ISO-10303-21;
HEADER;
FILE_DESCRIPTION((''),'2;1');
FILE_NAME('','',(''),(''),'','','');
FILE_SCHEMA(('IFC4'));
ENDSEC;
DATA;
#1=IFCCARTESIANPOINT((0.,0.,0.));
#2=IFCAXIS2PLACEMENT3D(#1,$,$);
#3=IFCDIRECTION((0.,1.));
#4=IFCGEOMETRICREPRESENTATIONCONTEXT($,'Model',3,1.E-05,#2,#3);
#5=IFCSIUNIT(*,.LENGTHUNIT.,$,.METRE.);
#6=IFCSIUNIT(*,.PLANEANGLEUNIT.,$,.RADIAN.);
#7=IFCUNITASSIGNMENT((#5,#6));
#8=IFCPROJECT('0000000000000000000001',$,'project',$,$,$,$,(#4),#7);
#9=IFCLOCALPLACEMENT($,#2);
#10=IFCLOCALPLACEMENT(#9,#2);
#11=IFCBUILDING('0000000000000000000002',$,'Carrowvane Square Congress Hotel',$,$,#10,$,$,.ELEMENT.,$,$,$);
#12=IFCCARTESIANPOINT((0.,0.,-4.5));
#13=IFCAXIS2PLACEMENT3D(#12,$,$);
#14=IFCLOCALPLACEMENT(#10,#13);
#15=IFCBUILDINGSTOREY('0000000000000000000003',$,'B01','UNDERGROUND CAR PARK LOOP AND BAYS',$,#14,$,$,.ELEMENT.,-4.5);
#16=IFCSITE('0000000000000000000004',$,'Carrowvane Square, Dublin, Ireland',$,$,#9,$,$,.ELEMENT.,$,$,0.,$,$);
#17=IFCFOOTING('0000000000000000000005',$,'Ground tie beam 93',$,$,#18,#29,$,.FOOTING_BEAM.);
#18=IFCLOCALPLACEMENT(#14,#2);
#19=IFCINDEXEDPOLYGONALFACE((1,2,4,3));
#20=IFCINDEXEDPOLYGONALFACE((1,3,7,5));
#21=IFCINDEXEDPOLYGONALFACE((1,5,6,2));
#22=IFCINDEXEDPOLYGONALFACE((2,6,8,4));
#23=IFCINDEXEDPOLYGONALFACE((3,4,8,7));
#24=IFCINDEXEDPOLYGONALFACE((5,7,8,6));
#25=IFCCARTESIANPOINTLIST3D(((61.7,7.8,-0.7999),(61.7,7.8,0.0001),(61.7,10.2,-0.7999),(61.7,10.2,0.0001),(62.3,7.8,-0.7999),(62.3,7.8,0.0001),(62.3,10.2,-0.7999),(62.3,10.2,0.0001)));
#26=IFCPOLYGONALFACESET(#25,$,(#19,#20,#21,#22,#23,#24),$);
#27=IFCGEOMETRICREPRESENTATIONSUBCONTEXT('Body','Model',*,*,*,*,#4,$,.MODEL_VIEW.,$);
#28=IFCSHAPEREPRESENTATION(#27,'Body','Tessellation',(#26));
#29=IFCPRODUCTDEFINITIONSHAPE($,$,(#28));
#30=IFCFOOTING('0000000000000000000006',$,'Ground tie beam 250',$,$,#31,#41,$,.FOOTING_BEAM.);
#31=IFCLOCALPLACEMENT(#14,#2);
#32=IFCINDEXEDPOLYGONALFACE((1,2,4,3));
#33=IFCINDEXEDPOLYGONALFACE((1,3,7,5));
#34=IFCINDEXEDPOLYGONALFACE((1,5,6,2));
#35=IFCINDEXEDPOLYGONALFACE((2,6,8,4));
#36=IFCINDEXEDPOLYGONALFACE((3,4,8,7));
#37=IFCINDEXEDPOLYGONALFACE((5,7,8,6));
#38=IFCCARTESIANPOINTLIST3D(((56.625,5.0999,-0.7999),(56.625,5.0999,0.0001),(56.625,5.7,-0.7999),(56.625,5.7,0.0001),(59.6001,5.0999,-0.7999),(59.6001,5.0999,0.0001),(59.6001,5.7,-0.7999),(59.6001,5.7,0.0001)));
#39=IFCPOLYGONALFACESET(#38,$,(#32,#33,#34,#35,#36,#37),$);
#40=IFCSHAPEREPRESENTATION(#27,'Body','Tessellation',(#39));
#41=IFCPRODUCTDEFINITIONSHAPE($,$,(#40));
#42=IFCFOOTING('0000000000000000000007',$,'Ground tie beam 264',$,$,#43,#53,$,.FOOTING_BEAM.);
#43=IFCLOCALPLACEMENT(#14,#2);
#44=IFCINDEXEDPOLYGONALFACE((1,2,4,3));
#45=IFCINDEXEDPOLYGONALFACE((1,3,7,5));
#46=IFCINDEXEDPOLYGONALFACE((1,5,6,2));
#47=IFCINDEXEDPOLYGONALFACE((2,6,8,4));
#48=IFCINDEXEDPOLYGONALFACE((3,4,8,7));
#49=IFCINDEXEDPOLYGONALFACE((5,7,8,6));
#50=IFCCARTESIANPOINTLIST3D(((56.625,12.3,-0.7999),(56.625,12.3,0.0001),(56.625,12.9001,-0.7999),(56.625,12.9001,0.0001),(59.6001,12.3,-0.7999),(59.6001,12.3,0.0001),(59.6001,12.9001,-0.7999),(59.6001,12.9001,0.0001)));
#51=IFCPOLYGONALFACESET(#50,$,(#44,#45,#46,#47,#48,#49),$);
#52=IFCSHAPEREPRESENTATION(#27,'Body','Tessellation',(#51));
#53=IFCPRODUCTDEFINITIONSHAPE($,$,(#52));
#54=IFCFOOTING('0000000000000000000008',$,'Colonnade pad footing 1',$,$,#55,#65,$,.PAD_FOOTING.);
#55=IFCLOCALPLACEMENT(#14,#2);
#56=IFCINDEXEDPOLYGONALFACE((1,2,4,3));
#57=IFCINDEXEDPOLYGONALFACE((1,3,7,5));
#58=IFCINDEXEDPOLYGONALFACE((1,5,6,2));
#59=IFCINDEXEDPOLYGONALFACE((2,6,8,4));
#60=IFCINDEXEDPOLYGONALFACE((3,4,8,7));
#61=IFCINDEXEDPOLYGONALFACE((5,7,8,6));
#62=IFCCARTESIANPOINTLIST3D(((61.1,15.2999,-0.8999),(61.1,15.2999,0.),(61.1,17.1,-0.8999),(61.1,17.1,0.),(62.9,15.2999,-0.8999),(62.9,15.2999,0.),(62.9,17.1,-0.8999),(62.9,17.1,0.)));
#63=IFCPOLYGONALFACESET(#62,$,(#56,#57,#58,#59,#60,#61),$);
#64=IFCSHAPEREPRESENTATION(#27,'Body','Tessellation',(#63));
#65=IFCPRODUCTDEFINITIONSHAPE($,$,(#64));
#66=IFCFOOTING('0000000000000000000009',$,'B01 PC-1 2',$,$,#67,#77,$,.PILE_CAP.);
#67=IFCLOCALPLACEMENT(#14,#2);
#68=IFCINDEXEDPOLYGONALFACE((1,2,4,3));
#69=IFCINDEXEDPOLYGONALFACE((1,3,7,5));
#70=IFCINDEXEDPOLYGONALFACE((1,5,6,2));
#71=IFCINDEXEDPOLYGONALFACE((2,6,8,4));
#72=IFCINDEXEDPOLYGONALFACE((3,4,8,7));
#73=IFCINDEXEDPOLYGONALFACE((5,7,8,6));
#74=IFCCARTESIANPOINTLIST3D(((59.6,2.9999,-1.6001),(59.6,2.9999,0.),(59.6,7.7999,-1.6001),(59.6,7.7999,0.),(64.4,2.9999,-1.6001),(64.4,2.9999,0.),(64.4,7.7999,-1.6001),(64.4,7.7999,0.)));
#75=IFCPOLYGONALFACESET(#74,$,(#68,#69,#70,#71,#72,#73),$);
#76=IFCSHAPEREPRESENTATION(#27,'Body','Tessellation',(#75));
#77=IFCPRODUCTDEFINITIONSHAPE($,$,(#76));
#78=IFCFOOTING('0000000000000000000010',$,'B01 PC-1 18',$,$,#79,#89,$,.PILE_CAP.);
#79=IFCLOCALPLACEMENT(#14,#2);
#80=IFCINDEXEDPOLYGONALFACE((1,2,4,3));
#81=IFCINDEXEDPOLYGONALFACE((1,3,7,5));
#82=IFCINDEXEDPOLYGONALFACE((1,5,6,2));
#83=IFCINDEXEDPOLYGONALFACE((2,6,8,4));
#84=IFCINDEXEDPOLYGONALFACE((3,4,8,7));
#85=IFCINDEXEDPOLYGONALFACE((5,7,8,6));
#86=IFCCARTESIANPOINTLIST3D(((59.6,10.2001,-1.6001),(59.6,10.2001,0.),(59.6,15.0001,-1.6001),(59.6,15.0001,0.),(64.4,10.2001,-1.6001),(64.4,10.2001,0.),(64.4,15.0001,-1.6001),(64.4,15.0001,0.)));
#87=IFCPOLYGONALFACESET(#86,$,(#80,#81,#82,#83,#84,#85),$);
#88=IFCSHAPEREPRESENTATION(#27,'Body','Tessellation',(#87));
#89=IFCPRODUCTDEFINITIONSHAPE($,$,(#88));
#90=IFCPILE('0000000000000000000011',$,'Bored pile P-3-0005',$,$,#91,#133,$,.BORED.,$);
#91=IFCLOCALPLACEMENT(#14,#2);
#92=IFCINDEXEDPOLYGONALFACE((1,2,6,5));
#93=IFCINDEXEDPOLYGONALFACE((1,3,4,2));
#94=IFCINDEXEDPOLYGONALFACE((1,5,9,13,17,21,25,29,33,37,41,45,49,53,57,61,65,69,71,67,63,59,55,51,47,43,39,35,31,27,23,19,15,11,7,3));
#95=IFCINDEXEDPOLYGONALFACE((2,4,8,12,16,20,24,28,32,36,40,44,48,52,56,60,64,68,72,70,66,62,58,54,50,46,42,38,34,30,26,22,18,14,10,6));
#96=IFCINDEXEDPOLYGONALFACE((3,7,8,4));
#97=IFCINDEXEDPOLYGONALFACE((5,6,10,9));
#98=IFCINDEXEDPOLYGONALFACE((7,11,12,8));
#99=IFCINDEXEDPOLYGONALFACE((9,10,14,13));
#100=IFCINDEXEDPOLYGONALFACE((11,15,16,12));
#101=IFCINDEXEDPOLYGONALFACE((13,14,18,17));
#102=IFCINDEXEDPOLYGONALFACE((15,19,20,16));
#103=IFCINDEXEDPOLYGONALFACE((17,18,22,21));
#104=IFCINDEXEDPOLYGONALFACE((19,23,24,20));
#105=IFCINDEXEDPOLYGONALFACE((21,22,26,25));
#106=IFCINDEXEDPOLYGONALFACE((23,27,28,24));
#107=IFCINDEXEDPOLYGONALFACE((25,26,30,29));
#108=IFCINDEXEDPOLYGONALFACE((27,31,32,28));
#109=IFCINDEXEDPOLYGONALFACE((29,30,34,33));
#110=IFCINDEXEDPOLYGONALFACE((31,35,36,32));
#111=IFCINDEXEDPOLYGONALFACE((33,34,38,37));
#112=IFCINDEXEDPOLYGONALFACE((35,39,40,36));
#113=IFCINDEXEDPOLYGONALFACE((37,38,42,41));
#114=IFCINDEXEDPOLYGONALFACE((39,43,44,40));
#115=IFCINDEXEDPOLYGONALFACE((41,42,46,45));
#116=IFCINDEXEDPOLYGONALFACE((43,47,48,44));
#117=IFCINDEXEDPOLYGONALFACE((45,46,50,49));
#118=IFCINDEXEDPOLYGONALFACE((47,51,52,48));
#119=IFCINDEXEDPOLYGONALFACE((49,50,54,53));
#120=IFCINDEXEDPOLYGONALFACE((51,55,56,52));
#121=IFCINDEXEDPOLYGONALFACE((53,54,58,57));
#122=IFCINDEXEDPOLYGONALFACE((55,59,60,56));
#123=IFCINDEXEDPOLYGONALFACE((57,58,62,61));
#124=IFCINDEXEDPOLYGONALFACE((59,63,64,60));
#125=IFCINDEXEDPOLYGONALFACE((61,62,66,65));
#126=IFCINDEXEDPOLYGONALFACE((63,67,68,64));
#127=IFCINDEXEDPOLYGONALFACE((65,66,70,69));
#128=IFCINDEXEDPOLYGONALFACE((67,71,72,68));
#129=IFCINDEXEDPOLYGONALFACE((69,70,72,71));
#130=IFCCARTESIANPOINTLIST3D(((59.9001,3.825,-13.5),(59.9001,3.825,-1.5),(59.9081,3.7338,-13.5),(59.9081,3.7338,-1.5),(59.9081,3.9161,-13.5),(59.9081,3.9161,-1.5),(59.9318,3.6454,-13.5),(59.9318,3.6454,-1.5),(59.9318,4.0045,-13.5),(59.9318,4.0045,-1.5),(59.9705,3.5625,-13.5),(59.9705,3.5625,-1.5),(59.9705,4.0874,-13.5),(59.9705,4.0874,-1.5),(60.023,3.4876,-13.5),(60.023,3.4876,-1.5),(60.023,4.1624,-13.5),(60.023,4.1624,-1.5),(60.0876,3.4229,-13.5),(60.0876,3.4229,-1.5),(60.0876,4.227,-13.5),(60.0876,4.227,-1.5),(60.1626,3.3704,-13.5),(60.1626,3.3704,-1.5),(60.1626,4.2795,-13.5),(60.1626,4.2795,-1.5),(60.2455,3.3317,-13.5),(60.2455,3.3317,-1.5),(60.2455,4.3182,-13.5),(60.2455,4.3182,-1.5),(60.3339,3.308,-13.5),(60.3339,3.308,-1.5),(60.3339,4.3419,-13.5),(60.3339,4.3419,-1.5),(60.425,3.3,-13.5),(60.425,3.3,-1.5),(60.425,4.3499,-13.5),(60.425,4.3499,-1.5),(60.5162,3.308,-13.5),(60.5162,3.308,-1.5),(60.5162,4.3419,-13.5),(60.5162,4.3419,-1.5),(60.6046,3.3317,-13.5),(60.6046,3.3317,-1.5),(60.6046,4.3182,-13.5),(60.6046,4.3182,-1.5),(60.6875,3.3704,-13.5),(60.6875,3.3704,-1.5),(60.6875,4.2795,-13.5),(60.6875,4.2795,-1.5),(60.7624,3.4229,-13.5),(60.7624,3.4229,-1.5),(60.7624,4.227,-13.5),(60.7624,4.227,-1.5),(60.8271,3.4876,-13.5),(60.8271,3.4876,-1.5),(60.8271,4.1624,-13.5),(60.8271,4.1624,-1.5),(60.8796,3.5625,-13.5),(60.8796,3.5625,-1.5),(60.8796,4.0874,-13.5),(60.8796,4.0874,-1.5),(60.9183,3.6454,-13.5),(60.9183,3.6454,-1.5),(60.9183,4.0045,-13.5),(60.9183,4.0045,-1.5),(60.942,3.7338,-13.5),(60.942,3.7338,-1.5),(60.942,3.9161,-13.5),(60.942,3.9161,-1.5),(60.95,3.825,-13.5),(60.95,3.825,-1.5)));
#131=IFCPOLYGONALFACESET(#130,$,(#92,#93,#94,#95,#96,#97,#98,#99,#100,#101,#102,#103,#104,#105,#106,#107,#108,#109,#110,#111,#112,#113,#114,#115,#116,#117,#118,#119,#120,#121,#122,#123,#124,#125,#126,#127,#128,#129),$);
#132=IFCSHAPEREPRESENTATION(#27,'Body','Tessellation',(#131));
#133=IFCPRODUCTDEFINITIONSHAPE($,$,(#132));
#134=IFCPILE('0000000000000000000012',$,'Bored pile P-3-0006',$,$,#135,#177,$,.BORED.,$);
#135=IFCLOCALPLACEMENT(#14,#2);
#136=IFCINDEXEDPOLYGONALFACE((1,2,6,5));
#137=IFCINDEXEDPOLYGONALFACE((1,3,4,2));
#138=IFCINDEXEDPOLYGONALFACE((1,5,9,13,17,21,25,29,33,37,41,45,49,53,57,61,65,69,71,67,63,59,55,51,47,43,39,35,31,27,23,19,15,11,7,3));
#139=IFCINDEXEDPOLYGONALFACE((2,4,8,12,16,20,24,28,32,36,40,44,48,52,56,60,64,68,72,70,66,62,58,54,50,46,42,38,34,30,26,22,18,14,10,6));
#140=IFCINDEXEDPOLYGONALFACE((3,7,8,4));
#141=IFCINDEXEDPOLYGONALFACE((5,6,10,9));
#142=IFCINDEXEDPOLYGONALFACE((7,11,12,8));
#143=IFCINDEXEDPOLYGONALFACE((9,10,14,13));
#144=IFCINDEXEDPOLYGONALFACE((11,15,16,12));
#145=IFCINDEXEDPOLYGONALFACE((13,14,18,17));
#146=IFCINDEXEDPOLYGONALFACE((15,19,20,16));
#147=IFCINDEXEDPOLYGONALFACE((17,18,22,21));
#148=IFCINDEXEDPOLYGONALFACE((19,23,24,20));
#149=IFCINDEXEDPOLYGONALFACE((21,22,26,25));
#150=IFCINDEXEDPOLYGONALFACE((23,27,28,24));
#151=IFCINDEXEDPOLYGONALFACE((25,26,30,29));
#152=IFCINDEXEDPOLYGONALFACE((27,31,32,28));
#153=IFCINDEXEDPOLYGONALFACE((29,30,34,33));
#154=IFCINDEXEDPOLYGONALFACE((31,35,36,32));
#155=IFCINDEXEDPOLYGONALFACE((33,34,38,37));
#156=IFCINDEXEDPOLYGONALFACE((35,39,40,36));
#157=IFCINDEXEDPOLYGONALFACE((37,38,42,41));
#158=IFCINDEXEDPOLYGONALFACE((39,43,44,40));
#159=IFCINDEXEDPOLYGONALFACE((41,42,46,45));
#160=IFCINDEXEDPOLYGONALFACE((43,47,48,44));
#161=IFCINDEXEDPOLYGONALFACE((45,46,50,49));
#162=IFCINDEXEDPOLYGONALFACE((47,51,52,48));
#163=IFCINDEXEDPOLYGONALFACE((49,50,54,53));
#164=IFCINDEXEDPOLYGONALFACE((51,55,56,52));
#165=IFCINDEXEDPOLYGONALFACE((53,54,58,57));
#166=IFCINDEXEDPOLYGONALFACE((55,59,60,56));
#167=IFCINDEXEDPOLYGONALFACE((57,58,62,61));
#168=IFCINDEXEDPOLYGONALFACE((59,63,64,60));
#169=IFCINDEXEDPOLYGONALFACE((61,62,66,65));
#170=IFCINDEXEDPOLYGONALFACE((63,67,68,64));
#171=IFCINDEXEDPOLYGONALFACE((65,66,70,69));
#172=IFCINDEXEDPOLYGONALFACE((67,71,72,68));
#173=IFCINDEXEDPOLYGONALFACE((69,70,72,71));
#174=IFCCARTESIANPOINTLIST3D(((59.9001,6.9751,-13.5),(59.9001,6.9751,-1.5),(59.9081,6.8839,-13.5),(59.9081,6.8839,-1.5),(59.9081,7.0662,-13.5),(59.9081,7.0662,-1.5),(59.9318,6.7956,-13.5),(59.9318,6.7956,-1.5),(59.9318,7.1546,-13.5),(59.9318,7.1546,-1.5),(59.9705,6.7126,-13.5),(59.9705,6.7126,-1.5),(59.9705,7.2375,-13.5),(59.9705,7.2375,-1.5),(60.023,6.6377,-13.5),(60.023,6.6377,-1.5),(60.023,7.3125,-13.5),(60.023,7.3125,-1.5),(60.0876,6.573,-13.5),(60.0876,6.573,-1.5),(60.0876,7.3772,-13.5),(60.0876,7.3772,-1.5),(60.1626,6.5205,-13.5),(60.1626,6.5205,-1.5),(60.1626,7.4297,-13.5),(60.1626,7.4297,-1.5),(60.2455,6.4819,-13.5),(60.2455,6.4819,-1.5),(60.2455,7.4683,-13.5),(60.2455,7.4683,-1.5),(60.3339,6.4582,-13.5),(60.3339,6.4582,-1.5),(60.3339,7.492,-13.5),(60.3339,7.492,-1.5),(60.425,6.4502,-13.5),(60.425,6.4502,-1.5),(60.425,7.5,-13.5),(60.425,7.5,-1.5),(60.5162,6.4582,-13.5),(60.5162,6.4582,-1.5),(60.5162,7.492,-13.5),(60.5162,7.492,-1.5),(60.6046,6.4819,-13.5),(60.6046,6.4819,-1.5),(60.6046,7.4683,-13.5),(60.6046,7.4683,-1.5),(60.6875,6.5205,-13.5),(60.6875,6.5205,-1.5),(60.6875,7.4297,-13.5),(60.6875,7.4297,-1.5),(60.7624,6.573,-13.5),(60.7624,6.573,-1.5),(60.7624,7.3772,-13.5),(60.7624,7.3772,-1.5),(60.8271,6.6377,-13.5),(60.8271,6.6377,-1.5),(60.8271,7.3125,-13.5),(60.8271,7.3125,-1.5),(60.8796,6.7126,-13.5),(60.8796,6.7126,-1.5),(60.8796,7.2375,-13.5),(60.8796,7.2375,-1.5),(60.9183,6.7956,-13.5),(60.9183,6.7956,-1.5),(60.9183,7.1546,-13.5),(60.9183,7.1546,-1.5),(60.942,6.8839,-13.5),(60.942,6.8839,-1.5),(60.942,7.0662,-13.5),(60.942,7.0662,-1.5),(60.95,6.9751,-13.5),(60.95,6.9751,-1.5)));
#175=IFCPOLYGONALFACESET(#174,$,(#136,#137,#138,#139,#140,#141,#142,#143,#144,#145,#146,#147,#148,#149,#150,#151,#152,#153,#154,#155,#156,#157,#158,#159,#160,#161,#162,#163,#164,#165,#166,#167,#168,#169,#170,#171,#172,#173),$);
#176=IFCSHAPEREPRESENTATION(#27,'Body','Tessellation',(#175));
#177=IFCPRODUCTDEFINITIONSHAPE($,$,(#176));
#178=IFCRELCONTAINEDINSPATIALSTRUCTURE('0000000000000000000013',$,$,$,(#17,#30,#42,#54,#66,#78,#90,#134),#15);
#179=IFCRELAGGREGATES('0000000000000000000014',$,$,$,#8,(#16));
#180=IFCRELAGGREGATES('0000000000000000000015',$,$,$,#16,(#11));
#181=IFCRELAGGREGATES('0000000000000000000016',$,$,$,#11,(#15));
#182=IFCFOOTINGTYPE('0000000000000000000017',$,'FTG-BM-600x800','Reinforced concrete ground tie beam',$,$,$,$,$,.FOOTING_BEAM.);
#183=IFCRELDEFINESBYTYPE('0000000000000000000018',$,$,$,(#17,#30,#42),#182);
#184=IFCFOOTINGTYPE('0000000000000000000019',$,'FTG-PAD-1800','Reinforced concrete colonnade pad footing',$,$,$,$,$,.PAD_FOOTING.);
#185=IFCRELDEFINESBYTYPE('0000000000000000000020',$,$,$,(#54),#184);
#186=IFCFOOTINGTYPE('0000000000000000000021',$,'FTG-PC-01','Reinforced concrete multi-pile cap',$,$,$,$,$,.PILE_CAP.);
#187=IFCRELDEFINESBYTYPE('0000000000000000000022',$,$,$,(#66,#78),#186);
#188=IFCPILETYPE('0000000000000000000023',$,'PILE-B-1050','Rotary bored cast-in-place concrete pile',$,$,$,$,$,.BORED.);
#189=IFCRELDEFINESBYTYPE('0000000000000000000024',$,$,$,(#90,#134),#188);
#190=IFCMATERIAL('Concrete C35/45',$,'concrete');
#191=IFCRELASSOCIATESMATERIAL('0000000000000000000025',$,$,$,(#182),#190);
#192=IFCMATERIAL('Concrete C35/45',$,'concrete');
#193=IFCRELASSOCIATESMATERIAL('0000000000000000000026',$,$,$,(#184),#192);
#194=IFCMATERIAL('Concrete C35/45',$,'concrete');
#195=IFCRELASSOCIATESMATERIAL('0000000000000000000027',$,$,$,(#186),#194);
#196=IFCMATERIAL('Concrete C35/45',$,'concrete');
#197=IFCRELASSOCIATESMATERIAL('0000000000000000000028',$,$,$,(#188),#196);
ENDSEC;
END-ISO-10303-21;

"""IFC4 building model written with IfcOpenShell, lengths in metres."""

from ifc_helpers import new_model, si_unit, direction, frame, origin, origin_2d, place, context, subcontext, project, spatial, rectangle, circle, extrude, material, material_profile, profile_set, type_object, element, save


model = new_model("IFC4")

# Units and contexts
model_context = context("Model", 3, precision=1e-05, world=origin(), true_north=direction((0.0, 1.0)))
body_context = subcontext(model_context, "Body", "Model", "MODEL_VIEW")
ifc_project = project(units=[si_unit("LENGTHUNIT", "METRE"), si_unit("PLANEANGLEUNIT", "RADIAN")], contexts=[model_context])

# Site, building, storey
site_placement = place(None, origin())
site = spatial("IfcSite", under=ifc_project, at=site_placement, Name="Carrowvane Square, Dublin, Ireland", CompositionType="ELEMENT", RefElevation=0.0)
building_placement = place(site_placement, origin())
building = spatial("IfcBuilding", under=site, at=building_placement, Name="Carrowvane Square Congress Hotel", CompositionType="ELEMENT")
storey_placement = place(building_placement, frame((0.0, 0.0, -4.5)))
storey = spatial("IfcBuildingStorey", under=building, at=storey_placement, Name="B01", Description="UNDERGROUND CAR PARK LOOP AND BAYS", CompositionType="ELEMENT", Elevation=-4.5)

# Footings
ifc_material_1 = material(Name="Concrete C35/45", Category="concrete")
ifc_material_profile_1 = material_profile(ifc_material_1, rectangle(XDim=0.6001, YDim=0.8, at=origin_2d()), Name="RC 600x800")
ifc_profile_set_1 = profile_set([ifc_material_profile_1], Name="Concrete C35/45")
footing_type_1 = type_object("IfcFootingType", Name="FTG-BM-600x800", Description="Reinforced concrete ground tie beam", PredefinedType="FOOTING_BEAM", material=ifc_profile_set_1)
footing_1_placement = place(storey_placement, frame((62.0, 7.8, -0.3999), z_axis=(0.0, 1.0, 0.0), x_axis=(-1.0, 0.0, 0.0)))
element("IfcFooting", 1, at=footing_1_placement, inside=storey, type_object=footing_type_1, Name="Ground tie beam 93", PredefinedType="FOOTING_BEAM", context=body_context, shape_type="SweptSolid", body=[
    extrude(rectangle(XDim=0.6001, YDim=0.8, at=origin_2d()), origin(), (0.0, 0.0, 1.0), 2.3999),
])
for number, where, z_axis, x_axis, name in (
    (2, (56.625, 5.3999, -0.3999), (1.0, 0.0, 0.0), (0.0, 1.0, 0.0), "Ground tie beam 250"),
    (3, (56.625, 12.6001, -0.3999), (1.0, 0.0, 0.0), (0.0, 1.0, 0.0), "Ground tie beam 264"),
):
    element("IfcFooting", number, at=place(storey_placement, frame(where, z_axis=z_axis, x_axis=x_axis)), inside=storey, type_object=footing_type_1, Name=name, PredefinedType="FOOTING_BEAM", context=body_context, shape_type="SweptSolid", body=[
        extrude(rectangle(XDim=0.6001, YDim=0.8, at=origin_2d()), origin(), (0.0, 0.0, 1.0), 2.9751),
    ])
ifc_material_2 = material(Name="Concrete C35/45", Category="concrete")
footing_type_2 = type_object("IfcFootingType", Name="FTG-PAD-1800", Description="Reinforced concrete colonnade pad footing", PredefinedType="PAD_FOOTING", material=ifc_material_2)
footing_2_placement = place(storey_placement, frame((62.0, 16.2, -0.8999), z_axis=(0.0, 0.0, 1.0), x_axis=(1.0, 0.0, 0.0)))
element("IfcFooting", 4, at=footing_2_placement, inside=storey, type_object=footing_type_2, Name="Colonnade pad footing 1", PredefinedType="PAD_FOOTING", context=body_context, shape_type="SweptSolid", body=[
    extrude(rectangle(XDim=1.8, YDim=1.8, at=origin_2d()), origin(), (0.0, 0.0, 1.0), 0.8999),
])
ifc_material_3 = material(Name="Concrete C35/45", Category="concrete")
footing_type_3 = type_object("IfcFootingType", Name="FTG-PC-01", Description="Reinforced concrete multi-pile cap", PredefinedType="PILE_CAP", material=ifc_material_3)
for number, where, z_axis, x_axis, name in (
    (5, (62.0, 5.3999, -1.6001), (0.0, 0.0, 1.0), (1.0, 0.0, 0.0), "B01 PC-1 2"),
    (6, (62.0, 12.6001, -1.6001), (0.0, 0.0, 1.0), (1.0, 0.0, 0.0), "B01 PC-1 18"),
):
    element("IfcFooting", number, at=place(storey_placement, frame(where, z_axis=z_axis, x_axis=x_axis)), inside=storey, type_object=footing_type_3, Name=name, PredefinedType="PILE_CAP", context=body_context, shape_type="SweptSolid", body=[
        extrude(rectangle(XDim=4.8, YDim=4.8, at=origin_2d()), origin(), (0.0, 0.0, 1.0), 1.6001),
    ])

# Piles
ifc_material_4 = material(Name="Concrete C35/45", Category="concrete")
ifc_material_profile_2 = material_profile(ifc_material_4, circle(Radius=0.5249, at=origin_2d()), Name="PILE D1050")
ifc_profile_set_2 = profile_set([ifc_material_profile_2], Name="Concrete C35/45")
pile_type_1 = type_object("IfcPileType", Name="PILE-B-1050", Description="Rotary bored cast-in-place concrete pile", PredefinedType="BORED", material=ifc_profile_set_2)
for number, where, z_axis, x_axis, name in (
    (7, (60.425, 3.825, -1.5), (0.0, 0.0, -1.0), (1.0, 0.0, 0.0), "Bored pile P-3-0005"),
    (8, (60.425, 6.9751, -1.5), (0.0, 0.0, -1.0), (1.0, 0.0, 0.0), "Bored pile P-3-0006"),
):
    element("IfcPile", number, at=place(storey_placement, frame(where, z_axis=z_axis, x_axis=x_axis)), inside=storey, type_object=pile_type_1, Name=name, PredefinedType="BORED", context=body_context, shape_type="SweptSolid", body=[
        extrude(circle(Radius=0.5249, at=origin_2d()), origin(), (0.0, 0.0, 1.0), 12.0),
    ])

save(model, "model.ifc")
